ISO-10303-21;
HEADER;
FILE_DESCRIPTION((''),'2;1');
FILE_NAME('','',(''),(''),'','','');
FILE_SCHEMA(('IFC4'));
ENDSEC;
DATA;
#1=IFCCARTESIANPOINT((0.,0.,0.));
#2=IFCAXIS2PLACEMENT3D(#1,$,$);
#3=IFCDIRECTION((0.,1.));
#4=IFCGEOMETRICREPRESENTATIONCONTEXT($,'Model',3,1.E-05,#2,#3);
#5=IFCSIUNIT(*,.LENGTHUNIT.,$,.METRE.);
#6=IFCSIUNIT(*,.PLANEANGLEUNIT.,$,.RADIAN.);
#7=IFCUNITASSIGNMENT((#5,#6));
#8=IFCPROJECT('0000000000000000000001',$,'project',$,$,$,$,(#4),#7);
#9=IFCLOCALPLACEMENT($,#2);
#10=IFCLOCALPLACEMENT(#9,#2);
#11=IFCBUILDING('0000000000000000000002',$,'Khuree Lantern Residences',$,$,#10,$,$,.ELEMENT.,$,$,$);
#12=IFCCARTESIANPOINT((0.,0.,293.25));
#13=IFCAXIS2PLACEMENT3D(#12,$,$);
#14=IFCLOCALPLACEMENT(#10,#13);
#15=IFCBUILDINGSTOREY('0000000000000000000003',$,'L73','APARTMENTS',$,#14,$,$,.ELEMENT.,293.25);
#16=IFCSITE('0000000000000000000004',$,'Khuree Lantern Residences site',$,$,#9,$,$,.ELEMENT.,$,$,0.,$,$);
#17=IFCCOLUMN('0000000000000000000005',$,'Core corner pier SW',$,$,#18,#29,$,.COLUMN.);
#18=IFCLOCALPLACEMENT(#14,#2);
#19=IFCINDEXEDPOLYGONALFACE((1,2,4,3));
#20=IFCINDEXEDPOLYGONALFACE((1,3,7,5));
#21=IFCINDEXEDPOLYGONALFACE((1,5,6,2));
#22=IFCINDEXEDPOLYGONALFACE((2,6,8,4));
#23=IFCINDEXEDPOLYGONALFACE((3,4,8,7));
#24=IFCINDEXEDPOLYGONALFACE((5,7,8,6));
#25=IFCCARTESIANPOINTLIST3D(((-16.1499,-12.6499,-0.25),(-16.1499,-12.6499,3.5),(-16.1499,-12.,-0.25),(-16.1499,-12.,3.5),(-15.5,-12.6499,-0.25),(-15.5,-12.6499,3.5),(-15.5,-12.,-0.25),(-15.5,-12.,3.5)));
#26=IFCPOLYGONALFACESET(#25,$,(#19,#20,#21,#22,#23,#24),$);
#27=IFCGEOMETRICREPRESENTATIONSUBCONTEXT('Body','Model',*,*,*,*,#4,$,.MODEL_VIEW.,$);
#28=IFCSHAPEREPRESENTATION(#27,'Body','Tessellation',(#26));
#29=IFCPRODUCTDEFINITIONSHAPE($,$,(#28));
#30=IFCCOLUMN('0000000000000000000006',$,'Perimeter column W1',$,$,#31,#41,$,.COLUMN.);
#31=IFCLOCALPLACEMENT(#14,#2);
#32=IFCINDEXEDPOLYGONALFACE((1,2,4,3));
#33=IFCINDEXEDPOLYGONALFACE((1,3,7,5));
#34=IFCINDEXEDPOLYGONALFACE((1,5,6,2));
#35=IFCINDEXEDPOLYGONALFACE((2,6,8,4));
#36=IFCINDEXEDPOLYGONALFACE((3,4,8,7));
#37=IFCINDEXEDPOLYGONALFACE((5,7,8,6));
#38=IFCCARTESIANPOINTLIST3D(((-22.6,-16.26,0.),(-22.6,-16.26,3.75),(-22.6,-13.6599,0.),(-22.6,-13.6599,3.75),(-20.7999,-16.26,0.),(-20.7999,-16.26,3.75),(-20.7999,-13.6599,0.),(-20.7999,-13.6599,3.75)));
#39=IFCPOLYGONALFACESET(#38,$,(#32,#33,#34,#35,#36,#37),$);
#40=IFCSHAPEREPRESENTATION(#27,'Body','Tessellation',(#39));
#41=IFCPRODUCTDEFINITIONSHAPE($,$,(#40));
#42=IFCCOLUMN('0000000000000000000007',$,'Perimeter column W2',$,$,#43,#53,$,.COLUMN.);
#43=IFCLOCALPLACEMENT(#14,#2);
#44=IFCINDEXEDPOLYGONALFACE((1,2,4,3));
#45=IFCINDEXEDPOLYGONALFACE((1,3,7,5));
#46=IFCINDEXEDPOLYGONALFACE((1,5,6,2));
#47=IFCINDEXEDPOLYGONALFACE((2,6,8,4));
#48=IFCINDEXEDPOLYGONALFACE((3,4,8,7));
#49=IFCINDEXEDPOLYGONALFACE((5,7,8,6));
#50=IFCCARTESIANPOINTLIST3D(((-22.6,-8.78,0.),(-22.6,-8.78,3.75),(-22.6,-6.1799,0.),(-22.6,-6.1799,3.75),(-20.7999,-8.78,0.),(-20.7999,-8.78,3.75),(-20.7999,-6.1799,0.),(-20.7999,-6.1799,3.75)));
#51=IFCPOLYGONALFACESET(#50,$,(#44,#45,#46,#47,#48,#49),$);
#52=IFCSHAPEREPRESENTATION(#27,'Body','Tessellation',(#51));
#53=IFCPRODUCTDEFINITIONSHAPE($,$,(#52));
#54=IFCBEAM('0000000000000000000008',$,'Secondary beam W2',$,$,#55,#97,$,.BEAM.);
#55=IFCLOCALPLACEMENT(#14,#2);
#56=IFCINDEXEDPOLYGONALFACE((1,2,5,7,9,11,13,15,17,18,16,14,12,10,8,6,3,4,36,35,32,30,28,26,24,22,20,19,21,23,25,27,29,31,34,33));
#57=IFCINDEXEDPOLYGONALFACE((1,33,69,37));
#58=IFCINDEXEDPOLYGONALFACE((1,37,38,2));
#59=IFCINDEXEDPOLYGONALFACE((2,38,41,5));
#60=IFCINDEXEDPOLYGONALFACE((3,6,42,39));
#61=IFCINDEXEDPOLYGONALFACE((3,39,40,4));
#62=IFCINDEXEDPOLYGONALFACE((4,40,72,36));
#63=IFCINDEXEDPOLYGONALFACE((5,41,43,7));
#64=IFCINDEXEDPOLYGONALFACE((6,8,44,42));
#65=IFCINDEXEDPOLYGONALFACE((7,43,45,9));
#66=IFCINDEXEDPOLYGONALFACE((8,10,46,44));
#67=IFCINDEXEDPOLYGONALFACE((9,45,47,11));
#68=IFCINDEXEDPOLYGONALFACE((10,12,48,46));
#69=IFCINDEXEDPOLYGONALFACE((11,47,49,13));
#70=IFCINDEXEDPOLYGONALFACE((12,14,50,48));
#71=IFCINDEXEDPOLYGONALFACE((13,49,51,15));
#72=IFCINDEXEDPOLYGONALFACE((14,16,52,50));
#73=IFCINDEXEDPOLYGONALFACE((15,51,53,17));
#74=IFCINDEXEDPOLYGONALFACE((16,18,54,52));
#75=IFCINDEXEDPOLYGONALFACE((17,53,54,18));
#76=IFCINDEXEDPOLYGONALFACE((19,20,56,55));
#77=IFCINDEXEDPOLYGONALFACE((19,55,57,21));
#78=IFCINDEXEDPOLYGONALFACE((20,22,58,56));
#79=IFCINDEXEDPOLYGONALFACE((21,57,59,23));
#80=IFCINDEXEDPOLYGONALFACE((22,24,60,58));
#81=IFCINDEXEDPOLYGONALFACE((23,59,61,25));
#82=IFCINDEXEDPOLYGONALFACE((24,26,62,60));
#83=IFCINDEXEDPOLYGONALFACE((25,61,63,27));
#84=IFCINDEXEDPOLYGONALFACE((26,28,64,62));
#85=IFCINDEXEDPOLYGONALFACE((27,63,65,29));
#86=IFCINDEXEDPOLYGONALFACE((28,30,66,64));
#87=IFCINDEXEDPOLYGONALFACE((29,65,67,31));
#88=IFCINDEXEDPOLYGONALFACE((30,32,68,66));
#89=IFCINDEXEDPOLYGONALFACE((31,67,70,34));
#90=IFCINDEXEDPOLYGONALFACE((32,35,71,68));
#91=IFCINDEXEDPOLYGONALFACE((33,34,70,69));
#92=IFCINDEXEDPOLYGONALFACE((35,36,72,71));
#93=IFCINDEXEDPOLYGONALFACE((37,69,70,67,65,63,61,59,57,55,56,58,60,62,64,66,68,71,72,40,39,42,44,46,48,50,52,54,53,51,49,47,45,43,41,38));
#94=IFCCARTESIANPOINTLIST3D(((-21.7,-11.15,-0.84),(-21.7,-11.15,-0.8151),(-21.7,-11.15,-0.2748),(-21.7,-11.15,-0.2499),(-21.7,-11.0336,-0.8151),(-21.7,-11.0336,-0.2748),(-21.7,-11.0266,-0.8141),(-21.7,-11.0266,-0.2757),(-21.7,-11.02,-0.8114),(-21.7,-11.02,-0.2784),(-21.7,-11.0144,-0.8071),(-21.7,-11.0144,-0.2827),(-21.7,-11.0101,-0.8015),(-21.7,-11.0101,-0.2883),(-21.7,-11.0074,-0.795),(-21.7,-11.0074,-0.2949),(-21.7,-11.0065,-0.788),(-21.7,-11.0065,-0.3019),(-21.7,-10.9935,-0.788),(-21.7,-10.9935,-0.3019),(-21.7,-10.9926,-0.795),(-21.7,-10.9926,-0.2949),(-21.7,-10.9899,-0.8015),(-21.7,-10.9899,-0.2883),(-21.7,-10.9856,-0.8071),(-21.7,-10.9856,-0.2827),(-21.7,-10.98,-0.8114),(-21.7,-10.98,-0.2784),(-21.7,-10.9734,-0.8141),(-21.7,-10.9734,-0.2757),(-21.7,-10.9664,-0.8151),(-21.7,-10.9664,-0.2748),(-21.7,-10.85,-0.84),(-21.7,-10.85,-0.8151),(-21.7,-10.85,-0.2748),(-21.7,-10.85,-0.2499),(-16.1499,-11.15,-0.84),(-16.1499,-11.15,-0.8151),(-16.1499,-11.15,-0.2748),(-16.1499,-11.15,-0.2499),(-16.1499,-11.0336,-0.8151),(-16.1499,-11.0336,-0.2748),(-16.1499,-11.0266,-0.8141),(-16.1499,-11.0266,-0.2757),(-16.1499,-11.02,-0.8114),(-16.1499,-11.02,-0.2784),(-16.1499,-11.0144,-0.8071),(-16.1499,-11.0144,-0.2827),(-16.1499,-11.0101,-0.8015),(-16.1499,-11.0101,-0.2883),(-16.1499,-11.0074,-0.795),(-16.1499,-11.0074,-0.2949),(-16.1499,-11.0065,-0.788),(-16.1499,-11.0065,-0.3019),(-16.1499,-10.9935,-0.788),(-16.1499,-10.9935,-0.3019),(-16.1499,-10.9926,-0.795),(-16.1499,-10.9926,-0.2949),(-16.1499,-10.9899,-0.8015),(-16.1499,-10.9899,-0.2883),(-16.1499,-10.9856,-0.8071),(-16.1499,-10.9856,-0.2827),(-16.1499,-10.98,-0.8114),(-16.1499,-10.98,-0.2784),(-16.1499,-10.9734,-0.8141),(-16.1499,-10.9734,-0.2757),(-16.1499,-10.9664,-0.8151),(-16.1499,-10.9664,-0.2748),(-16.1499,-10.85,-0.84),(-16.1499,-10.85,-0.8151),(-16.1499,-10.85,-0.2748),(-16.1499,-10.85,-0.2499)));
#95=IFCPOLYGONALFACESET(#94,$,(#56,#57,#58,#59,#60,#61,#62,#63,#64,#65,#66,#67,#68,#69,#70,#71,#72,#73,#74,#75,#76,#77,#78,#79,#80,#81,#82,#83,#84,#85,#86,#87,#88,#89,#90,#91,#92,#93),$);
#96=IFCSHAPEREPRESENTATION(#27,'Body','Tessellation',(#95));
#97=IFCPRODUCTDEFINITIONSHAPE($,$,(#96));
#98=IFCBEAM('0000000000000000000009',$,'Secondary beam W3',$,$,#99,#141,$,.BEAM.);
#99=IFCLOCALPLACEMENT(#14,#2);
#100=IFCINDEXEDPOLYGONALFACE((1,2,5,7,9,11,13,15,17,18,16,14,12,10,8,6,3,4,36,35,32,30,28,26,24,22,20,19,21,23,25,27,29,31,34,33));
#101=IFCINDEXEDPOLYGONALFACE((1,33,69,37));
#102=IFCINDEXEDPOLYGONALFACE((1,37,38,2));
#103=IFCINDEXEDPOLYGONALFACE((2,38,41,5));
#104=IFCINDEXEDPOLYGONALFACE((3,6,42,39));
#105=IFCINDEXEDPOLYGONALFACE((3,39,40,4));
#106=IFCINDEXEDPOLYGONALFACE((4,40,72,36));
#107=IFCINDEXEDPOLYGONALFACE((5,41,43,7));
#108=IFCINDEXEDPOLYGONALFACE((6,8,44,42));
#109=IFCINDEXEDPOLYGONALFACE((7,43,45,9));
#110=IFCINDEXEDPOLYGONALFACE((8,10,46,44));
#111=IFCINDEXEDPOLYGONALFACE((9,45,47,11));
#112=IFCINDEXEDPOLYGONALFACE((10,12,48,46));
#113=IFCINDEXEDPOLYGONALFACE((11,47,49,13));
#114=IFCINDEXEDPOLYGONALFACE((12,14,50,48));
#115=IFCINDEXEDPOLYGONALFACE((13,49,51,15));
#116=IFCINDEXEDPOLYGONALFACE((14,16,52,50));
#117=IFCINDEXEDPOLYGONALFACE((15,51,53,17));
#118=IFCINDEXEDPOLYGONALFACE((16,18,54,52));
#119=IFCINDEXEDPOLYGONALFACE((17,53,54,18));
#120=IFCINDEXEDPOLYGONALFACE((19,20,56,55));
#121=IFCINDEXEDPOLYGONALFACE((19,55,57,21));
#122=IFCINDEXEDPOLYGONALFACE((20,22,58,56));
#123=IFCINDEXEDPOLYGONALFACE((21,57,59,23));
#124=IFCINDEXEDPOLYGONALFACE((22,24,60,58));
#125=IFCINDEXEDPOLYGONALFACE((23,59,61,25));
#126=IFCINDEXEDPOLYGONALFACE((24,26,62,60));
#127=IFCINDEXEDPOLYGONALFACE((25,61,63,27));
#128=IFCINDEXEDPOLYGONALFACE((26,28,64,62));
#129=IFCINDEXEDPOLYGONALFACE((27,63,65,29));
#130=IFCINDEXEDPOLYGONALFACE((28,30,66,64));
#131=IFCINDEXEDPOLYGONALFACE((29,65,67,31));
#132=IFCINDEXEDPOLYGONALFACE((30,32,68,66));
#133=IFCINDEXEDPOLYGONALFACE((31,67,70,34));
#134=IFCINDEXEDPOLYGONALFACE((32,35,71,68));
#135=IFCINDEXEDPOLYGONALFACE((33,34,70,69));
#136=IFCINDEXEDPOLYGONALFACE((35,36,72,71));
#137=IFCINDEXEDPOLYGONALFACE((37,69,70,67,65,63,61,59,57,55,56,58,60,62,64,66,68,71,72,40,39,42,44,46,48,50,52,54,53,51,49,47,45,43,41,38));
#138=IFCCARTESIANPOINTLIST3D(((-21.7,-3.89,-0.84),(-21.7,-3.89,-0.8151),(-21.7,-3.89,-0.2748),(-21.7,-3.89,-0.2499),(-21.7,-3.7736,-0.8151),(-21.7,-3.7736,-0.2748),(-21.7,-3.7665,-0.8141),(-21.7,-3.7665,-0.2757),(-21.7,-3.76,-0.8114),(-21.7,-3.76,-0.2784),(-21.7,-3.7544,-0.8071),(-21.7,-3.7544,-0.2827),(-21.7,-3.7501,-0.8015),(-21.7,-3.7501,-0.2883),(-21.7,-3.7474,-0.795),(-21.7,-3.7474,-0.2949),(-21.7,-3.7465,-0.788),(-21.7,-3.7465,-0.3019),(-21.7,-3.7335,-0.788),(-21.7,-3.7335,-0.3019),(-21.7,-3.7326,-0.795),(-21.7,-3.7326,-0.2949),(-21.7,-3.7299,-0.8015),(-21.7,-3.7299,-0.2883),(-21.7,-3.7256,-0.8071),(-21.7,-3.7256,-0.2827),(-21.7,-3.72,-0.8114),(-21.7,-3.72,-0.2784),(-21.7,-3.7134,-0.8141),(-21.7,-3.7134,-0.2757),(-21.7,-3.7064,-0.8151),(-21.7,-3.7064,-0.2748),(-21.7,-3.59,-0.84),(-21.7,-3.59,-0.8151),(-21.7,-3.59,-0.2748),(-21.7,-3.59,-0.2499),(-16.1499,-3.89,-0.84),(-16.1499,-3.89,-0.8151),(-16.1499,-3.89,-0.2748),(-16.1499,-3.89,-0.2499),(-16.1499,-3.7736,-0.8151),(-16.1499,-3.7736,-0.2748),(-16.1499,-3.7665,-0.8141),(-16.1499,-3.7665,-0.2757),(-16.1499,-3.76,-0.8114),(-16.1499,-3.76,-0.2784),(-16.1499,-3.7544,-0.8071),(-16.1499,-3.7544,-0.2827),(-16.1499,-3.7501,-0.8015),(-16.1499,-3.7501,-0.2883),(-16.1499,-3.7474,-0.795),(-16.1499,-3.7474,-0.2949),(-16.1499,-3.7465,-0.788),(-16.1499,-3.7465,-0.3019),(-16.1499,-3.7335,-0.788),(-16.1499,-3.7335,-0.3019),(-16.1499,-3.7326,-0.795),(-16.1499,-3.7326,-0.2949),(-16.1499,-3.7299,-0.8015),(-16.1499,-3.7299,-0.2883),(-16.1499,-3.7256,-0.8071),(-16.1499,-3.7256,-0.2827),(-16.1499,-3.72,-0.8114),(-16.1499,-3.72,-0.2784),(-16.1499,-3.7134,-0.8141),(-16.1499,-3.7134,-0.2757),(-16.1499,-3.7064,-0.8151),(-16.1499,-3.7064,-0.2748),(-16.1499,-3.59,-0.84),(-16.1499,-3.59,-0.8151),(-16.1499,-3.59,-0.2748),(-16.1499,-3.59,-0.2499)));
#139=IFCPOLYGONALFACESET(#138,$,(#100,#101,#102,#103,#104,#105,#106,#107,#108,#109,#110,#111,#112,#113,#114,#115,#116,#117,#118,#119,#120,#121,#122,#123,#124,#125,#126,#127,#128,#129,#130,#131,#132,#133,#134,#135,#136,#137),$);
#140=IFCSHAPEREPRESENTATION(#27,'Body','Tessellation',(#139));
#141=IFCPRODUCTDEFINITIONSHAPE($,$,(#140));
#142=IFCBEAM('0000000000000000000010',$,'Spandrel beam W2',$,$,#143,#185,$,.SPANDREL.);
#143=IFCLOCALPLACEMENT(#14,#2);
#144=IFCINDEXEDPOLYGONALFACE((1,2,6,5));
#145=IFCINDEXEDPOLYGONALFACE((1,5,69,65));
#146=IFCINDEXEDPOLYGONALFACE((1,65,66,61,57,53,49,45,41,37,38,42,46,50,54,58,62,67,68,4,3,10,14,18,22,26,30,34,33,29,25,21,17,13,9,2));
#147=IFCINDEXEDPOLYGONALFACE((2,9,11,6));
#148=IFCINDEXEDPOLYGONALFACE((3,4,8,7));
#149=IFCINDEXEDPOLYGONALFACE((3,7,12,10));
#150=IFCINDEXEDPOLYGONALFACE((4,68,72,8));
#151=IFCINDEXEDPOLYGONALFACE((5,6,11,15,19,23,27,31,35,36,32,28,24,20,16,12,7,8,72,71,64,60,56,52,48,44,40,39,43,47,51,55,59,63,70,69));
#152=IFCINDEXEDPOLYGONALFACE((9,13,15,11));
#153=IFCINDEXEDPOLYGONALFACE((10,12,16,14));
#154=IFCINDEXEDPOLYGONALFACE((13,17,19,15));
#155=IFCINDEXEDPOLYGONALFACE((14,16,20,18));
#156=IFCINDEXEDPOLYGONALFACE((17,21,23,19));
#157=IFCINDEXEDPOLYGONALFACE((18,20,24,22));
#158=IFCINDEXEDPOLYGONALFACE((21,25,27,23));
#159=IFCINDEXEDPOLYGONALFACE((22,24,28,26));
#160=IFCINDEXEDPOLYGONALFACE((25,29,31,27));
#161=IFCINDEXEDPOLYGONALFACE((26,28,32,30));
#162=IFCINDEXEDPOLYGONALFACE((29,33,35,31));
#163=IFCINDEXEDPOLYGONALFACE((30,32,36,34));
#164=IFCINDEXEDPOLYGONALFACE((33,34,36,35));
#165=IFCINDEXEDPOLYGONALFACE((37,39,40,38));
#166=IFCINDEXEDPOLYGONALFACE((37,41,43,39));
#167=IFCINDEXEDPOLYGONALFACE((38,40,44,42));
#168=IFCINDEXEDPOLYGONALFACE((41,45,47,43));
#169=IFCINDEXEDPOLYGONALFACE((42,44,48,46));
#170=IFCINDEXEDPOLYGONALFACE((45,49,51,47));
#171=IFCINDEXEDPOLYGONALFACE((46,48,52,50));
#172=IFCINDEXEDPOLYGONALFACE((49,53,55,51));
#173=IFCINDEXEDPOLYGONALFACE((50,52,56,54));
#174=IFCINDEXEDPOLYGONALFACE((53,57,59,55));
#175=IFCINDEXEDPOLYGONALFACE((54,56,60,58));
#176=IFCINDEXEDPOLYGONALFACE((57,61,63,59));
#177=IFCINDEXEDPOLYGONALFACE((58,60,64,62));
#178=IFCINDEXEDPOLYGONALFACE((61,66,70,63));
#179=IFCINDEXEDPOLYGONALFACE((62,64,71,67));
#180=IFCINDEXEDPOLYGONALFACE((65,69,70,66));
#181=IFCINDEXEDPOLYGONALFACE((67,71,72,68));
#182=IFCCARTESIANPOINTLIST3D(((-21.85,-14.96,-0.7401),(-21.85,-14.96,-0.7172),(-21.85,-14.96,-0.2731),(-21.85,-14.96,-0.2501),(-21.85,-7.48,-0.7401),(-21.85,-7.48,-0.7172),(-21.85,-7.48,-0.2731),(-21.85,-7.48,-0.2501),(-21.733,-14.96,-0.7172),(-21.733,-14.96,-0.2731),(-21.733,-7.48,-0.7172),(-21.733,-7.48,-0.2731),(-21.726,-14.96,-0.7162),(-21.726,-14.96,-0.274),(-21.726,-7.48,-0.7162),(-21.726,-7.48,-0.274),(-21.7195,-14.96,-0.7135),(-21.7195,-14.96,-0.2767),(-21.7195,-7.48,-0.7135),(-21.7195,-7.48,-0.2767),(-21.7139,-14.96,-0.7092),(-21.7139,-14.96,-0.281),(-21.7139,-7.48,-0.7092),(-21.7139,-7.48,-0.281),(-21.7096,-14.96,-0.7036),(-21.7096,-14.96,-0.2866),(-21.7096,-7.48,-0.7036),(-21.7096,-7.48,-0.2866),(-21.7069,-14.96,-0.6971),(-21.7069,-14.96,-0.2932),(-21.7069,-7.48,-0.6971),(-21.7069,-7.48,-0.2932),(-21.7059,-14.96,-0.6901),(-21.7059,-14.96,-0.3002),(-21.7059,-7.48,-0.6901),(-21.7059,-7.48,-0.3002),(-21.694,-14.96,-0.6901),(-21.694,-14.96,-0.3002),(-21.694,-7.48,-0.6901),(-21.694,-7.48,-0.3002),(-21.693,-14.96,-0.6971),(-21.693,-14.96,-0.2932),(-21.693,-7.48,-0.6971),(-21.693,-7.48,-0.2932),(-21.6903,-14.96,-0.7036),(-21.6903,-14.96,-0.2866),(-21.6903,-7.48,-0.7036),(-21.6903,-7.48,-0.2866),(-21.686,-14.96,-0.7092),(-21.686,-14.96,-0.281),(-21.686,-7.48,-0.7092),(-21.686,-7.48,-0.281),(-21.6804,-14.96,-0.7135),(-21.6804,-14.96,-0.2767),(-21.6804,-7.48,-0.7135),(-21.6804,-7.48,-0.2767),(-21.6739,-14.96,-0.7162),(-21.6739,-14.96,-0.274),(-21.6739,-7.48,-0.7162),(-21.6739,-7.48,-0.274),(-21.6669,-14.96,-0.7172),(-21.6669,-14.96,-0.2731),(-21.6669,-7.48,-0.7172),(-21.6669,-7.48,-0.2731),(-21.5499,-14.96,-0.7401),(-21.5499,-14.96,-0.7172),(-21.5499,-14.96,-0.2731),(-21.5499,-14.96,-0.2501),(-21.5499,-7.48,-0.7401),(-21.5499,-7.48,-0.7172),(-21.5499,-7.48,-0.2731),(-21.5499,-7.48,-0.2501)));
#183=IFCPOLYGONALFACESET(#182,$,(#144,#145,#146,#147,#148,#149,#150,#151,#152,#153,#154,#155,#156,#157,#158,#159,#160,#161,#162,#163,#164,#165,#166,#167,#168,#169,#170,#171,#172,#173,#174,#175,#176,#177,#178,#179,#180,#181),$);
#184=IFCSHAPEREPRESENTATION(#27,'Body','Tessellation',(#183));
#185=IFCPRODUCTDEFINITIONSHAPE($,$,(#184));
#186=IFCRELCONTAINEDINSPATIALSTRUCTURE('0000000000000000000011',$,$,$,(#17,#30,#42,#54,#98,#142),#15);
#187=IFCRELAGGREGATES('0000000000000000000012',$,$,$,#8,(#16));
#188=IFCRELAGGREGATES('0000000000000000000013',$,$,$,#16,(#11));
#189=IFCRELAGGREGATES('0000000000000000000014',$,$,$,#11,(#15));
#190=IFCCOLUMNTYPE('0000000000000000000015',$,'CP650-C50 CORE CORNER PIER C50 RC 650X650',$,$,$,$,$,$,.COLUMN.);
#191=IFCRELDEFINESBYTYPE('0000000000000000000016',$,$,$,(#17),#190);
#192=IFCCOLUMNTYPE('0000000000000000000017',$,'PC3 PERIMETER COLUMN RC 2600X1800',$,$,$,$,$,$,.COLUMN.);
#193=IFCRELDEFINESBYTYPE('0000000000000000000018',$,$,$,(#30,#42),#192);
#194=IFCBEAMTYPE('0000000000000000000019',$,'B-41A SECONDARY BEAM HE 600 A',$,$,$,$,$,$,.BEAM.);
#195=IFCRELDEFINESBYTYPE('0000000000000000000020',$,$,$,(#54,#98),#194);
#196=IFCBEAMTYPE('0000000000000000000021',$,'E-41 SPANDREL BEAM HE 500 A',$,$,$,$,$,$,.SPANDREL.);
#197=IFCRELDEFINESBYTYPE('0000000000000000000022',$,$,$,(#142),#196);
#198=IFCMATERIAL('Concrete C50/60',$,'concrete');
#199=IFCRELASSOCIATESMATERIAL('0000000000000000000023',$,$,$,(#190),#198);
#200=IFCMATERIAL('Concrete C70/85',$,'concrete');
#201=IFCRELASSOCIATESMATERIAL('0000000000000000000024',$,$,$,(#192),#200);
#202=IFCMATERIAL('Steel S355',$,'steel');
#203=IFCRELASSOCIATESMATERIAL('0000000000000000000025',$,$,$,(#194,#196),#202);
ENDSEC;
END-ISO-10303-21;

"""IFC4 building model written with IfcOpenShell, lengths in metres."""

from ifc_helpers import new_model, si_unit, direction, frame, origin, origin_2d, place, context, subcontext, project, spatial, rectangle, i_section, extrude, material, material_profile, profile_set, type_object, element, save


model = new_model("IFC4")

# Units and contexts
model_context = context("Model", 3, precision=1e-05, world=origin(), true_north=direction((0.0, 1.0)))
body_context = subcontext(model_context, "Body", "Model", "MODEL_VIEW")
ifc_project = project(units=[si_unit("LENGTHUNIT", "METRE"), si_unit("PLANEANGLEUNIT", "RADIAN")], contexts=[model_context])

# Site, building, storey
site_placement = place(None, origin())
site = spatial("IfcSite", under=ifc_project, at=site_placement, Name="Khuree Lantern Residences site", CompositionType="ELEMENT", RefElevation=0.0)
building_placement = place(site_placement, origin())
building = spatial("IfcBuilding", under=site, at=building_placement, Name="Khuree Lantern Residences", CompositionType="ELEMENT")
storey_placement = place(building_placement, frame((0.0, 0.0, 293.25)))
storey = spatial("IfcBuildingStorey", under=building, at=storey_placement, Name="L73", Description="APARTMENTS", CompositionType="ELEMENT", Elevation=293.25)

# Columns
ifc_material_1 = material(Name="Concrete C50/60", Category="concrete")
ifc_material_profile_1 = material_profile(ifc_material_1, rectangle(XDim=0.6499, YDim=0.6499, at=origin_2d()), Name="RC 650X650")
ifc_profile_set_1 = profile_set([ifc_material_profile_1], Name="Concrete C50/60")
column_type_1 = type_object("IfcColumnType", Name="CP650-C50 CORE CORNER PIER C50 RC 650X650", PredefinedType="COLUMN", material=ifc_profile_set_1)
column_placement = place(storey_placement, frame((-15.825, -12.325, -0.25), z_axis=(0.0, 0.0, 1.0), x_axis=(1.0, 0.0, 0.0)))
element("IfcColumn", 1, at=column_placement, inside=storey, type_object=column_type_1, Name="Core corner pier SW", PredefinedType="COLUMN", context=body_context, shape_type="SweptSolid", body=[
    extrude(rectangle(XDim=0.6499, YDim=0.6499, at=origin_2d()), origin(), (0.0, 0.0, 1.0), 3.75),
])
ifc_material_2 = material(Name="Concrete C70/85", Category="concrete")
ifc_material_profile_2 = material_profile(ifc_material_2, rectangle(XDim=2.6001, YDim=1.8, at=origin_2d()), Name="RC 2600X1800")
ifc_profile_set_2 = profile_set([ifc_material_profile_2], Name="Concrete C70/85")
column_type_2 = type_object("IfcColumnType", Name="PC3 PERIMETER COLUMN RC 2600X1800", PredefinedType="COLUMN", material=ifc_profile_set_2)
for number, where, z_axis, x_axis, name in (
    (2, (-21.7, -14.96, 0.0), (0.0, 0.0, 1.0), (0.0, 1.0, 0.0), "Perimeter column W1"),
    (3, (-21.7, -7.48, 0.0), (0.0, 0.0, 1.0), (0.0, 1.0, 0.0), "Perimeter column W2"),
):
    element("IfcColumn", number, at=place(storey_placement, frame(where, z_axis=z_axis, x_axis=x_axis)), inside=storey, type_object=column_type_2, Name=name, PredefinedType="COLUMN", context=body_context, shape_type="SweptSolid", body=[
        extrude(rectangle(XDim=2.6001, YDim=1.8, at=origin_2d()), origin(), (0.0, 0.0, 1.0), 3.75),
    ])

# Beams
ifc_material_3 = material(Name="Steel S355", Category="steel")
ifc_material_profile_3 = material_profile(ifc_material_3, i_section(OverallWidth=0.3, OverallDepth=0.5901, WebThickness=0.0129, FlangeThickness=0.0249, FilletRadius=0.0271, at=origin_2d()), Name="HE 600 A")
ifc_profile_set_3 = profile_set([ifc_material_profile_3], Name="Steel S355")
beam_type_1 = type_object("IfcBeamType", Name="B-41A SECONDARY BEAM HE 600 A", PredefinedType="BEAM", material=ifc_profile_set_3)
for number, where, z_axis, x_axis, name in (
    (4, (-21.7, -11.0, -0.5449), (1.0, 0.0, 0.0), (0.0, 1.0, 0.0), "Secondary beam W2"),
    (5, (-21.7, -3.74, -0.5449), (1.0, 0.0, 0.0), (0.0, 1.0, 0.0), "Secondary beam W3"),
):
    element("IfcBeam", number, at=place(storey_placement, frame(where, z_axis=z_axis, x_axis=x_axis)), inside=storey, type_object=beam_type_1, Name=name, PredefinedType="BEAM", context=body_context, shape_type="SweptSolid", body=[
        extrude(i_section(OverallWidth=0.3, OverallDepth=0.5901, WebThickness=0.0129, FlangeThickness=0.0249, FilletRadius=0.0271, at=origin_2d()), origin(), (0.0, 0.0, 1.0), 5.55),
    ])
ifc_material_profile_4 = material_profile(ifc_material_3, i_section(OverallWidth=0.3, OverallDepth=0.49, WebThickness=0.012, FlangeThickness=0.0229, FilletRadius=0.0271, at=origin_2d()), Name="HE 500 A")
ifc_profile_set_4 = profile_set([ifc_material_profile_4], Name="Steel S355")
beam_type_2 = type_object("IfcBeamType", Name="E-41 SPANDREL BEAM HE 500 A", PredefinedType="SPANDREL", material=ifc_profile_set_4)
for number, where, z_axis, x_axis, name in (
    (6, (-21.7, -14.96, -0.4951), (0.0, 1.0, 0.0), (-1.0, 0.0, 0.0), "Spandrel beam W2"),
):
    element("IfcBeam", number, at=place(storey_placement, frame(where, z_axis=z_axis, x_axis=x_axis)), inside=storey, type_object=beam_type_2, Name=name, PredefinedType="SPANDREL", context=body_context, shape_type="SweptSolid", body=[
        extrude(i_section(OverallWidth=0.3, OverallDepth=0.49, WebThickness=0.012, FlangeThickness=0.0229, FilletRadius=0.0271, at=origin_2d()), origin(), (0.0, 0.0, 1.0), 7.48),
    ])

save(model, "model.ifc")
